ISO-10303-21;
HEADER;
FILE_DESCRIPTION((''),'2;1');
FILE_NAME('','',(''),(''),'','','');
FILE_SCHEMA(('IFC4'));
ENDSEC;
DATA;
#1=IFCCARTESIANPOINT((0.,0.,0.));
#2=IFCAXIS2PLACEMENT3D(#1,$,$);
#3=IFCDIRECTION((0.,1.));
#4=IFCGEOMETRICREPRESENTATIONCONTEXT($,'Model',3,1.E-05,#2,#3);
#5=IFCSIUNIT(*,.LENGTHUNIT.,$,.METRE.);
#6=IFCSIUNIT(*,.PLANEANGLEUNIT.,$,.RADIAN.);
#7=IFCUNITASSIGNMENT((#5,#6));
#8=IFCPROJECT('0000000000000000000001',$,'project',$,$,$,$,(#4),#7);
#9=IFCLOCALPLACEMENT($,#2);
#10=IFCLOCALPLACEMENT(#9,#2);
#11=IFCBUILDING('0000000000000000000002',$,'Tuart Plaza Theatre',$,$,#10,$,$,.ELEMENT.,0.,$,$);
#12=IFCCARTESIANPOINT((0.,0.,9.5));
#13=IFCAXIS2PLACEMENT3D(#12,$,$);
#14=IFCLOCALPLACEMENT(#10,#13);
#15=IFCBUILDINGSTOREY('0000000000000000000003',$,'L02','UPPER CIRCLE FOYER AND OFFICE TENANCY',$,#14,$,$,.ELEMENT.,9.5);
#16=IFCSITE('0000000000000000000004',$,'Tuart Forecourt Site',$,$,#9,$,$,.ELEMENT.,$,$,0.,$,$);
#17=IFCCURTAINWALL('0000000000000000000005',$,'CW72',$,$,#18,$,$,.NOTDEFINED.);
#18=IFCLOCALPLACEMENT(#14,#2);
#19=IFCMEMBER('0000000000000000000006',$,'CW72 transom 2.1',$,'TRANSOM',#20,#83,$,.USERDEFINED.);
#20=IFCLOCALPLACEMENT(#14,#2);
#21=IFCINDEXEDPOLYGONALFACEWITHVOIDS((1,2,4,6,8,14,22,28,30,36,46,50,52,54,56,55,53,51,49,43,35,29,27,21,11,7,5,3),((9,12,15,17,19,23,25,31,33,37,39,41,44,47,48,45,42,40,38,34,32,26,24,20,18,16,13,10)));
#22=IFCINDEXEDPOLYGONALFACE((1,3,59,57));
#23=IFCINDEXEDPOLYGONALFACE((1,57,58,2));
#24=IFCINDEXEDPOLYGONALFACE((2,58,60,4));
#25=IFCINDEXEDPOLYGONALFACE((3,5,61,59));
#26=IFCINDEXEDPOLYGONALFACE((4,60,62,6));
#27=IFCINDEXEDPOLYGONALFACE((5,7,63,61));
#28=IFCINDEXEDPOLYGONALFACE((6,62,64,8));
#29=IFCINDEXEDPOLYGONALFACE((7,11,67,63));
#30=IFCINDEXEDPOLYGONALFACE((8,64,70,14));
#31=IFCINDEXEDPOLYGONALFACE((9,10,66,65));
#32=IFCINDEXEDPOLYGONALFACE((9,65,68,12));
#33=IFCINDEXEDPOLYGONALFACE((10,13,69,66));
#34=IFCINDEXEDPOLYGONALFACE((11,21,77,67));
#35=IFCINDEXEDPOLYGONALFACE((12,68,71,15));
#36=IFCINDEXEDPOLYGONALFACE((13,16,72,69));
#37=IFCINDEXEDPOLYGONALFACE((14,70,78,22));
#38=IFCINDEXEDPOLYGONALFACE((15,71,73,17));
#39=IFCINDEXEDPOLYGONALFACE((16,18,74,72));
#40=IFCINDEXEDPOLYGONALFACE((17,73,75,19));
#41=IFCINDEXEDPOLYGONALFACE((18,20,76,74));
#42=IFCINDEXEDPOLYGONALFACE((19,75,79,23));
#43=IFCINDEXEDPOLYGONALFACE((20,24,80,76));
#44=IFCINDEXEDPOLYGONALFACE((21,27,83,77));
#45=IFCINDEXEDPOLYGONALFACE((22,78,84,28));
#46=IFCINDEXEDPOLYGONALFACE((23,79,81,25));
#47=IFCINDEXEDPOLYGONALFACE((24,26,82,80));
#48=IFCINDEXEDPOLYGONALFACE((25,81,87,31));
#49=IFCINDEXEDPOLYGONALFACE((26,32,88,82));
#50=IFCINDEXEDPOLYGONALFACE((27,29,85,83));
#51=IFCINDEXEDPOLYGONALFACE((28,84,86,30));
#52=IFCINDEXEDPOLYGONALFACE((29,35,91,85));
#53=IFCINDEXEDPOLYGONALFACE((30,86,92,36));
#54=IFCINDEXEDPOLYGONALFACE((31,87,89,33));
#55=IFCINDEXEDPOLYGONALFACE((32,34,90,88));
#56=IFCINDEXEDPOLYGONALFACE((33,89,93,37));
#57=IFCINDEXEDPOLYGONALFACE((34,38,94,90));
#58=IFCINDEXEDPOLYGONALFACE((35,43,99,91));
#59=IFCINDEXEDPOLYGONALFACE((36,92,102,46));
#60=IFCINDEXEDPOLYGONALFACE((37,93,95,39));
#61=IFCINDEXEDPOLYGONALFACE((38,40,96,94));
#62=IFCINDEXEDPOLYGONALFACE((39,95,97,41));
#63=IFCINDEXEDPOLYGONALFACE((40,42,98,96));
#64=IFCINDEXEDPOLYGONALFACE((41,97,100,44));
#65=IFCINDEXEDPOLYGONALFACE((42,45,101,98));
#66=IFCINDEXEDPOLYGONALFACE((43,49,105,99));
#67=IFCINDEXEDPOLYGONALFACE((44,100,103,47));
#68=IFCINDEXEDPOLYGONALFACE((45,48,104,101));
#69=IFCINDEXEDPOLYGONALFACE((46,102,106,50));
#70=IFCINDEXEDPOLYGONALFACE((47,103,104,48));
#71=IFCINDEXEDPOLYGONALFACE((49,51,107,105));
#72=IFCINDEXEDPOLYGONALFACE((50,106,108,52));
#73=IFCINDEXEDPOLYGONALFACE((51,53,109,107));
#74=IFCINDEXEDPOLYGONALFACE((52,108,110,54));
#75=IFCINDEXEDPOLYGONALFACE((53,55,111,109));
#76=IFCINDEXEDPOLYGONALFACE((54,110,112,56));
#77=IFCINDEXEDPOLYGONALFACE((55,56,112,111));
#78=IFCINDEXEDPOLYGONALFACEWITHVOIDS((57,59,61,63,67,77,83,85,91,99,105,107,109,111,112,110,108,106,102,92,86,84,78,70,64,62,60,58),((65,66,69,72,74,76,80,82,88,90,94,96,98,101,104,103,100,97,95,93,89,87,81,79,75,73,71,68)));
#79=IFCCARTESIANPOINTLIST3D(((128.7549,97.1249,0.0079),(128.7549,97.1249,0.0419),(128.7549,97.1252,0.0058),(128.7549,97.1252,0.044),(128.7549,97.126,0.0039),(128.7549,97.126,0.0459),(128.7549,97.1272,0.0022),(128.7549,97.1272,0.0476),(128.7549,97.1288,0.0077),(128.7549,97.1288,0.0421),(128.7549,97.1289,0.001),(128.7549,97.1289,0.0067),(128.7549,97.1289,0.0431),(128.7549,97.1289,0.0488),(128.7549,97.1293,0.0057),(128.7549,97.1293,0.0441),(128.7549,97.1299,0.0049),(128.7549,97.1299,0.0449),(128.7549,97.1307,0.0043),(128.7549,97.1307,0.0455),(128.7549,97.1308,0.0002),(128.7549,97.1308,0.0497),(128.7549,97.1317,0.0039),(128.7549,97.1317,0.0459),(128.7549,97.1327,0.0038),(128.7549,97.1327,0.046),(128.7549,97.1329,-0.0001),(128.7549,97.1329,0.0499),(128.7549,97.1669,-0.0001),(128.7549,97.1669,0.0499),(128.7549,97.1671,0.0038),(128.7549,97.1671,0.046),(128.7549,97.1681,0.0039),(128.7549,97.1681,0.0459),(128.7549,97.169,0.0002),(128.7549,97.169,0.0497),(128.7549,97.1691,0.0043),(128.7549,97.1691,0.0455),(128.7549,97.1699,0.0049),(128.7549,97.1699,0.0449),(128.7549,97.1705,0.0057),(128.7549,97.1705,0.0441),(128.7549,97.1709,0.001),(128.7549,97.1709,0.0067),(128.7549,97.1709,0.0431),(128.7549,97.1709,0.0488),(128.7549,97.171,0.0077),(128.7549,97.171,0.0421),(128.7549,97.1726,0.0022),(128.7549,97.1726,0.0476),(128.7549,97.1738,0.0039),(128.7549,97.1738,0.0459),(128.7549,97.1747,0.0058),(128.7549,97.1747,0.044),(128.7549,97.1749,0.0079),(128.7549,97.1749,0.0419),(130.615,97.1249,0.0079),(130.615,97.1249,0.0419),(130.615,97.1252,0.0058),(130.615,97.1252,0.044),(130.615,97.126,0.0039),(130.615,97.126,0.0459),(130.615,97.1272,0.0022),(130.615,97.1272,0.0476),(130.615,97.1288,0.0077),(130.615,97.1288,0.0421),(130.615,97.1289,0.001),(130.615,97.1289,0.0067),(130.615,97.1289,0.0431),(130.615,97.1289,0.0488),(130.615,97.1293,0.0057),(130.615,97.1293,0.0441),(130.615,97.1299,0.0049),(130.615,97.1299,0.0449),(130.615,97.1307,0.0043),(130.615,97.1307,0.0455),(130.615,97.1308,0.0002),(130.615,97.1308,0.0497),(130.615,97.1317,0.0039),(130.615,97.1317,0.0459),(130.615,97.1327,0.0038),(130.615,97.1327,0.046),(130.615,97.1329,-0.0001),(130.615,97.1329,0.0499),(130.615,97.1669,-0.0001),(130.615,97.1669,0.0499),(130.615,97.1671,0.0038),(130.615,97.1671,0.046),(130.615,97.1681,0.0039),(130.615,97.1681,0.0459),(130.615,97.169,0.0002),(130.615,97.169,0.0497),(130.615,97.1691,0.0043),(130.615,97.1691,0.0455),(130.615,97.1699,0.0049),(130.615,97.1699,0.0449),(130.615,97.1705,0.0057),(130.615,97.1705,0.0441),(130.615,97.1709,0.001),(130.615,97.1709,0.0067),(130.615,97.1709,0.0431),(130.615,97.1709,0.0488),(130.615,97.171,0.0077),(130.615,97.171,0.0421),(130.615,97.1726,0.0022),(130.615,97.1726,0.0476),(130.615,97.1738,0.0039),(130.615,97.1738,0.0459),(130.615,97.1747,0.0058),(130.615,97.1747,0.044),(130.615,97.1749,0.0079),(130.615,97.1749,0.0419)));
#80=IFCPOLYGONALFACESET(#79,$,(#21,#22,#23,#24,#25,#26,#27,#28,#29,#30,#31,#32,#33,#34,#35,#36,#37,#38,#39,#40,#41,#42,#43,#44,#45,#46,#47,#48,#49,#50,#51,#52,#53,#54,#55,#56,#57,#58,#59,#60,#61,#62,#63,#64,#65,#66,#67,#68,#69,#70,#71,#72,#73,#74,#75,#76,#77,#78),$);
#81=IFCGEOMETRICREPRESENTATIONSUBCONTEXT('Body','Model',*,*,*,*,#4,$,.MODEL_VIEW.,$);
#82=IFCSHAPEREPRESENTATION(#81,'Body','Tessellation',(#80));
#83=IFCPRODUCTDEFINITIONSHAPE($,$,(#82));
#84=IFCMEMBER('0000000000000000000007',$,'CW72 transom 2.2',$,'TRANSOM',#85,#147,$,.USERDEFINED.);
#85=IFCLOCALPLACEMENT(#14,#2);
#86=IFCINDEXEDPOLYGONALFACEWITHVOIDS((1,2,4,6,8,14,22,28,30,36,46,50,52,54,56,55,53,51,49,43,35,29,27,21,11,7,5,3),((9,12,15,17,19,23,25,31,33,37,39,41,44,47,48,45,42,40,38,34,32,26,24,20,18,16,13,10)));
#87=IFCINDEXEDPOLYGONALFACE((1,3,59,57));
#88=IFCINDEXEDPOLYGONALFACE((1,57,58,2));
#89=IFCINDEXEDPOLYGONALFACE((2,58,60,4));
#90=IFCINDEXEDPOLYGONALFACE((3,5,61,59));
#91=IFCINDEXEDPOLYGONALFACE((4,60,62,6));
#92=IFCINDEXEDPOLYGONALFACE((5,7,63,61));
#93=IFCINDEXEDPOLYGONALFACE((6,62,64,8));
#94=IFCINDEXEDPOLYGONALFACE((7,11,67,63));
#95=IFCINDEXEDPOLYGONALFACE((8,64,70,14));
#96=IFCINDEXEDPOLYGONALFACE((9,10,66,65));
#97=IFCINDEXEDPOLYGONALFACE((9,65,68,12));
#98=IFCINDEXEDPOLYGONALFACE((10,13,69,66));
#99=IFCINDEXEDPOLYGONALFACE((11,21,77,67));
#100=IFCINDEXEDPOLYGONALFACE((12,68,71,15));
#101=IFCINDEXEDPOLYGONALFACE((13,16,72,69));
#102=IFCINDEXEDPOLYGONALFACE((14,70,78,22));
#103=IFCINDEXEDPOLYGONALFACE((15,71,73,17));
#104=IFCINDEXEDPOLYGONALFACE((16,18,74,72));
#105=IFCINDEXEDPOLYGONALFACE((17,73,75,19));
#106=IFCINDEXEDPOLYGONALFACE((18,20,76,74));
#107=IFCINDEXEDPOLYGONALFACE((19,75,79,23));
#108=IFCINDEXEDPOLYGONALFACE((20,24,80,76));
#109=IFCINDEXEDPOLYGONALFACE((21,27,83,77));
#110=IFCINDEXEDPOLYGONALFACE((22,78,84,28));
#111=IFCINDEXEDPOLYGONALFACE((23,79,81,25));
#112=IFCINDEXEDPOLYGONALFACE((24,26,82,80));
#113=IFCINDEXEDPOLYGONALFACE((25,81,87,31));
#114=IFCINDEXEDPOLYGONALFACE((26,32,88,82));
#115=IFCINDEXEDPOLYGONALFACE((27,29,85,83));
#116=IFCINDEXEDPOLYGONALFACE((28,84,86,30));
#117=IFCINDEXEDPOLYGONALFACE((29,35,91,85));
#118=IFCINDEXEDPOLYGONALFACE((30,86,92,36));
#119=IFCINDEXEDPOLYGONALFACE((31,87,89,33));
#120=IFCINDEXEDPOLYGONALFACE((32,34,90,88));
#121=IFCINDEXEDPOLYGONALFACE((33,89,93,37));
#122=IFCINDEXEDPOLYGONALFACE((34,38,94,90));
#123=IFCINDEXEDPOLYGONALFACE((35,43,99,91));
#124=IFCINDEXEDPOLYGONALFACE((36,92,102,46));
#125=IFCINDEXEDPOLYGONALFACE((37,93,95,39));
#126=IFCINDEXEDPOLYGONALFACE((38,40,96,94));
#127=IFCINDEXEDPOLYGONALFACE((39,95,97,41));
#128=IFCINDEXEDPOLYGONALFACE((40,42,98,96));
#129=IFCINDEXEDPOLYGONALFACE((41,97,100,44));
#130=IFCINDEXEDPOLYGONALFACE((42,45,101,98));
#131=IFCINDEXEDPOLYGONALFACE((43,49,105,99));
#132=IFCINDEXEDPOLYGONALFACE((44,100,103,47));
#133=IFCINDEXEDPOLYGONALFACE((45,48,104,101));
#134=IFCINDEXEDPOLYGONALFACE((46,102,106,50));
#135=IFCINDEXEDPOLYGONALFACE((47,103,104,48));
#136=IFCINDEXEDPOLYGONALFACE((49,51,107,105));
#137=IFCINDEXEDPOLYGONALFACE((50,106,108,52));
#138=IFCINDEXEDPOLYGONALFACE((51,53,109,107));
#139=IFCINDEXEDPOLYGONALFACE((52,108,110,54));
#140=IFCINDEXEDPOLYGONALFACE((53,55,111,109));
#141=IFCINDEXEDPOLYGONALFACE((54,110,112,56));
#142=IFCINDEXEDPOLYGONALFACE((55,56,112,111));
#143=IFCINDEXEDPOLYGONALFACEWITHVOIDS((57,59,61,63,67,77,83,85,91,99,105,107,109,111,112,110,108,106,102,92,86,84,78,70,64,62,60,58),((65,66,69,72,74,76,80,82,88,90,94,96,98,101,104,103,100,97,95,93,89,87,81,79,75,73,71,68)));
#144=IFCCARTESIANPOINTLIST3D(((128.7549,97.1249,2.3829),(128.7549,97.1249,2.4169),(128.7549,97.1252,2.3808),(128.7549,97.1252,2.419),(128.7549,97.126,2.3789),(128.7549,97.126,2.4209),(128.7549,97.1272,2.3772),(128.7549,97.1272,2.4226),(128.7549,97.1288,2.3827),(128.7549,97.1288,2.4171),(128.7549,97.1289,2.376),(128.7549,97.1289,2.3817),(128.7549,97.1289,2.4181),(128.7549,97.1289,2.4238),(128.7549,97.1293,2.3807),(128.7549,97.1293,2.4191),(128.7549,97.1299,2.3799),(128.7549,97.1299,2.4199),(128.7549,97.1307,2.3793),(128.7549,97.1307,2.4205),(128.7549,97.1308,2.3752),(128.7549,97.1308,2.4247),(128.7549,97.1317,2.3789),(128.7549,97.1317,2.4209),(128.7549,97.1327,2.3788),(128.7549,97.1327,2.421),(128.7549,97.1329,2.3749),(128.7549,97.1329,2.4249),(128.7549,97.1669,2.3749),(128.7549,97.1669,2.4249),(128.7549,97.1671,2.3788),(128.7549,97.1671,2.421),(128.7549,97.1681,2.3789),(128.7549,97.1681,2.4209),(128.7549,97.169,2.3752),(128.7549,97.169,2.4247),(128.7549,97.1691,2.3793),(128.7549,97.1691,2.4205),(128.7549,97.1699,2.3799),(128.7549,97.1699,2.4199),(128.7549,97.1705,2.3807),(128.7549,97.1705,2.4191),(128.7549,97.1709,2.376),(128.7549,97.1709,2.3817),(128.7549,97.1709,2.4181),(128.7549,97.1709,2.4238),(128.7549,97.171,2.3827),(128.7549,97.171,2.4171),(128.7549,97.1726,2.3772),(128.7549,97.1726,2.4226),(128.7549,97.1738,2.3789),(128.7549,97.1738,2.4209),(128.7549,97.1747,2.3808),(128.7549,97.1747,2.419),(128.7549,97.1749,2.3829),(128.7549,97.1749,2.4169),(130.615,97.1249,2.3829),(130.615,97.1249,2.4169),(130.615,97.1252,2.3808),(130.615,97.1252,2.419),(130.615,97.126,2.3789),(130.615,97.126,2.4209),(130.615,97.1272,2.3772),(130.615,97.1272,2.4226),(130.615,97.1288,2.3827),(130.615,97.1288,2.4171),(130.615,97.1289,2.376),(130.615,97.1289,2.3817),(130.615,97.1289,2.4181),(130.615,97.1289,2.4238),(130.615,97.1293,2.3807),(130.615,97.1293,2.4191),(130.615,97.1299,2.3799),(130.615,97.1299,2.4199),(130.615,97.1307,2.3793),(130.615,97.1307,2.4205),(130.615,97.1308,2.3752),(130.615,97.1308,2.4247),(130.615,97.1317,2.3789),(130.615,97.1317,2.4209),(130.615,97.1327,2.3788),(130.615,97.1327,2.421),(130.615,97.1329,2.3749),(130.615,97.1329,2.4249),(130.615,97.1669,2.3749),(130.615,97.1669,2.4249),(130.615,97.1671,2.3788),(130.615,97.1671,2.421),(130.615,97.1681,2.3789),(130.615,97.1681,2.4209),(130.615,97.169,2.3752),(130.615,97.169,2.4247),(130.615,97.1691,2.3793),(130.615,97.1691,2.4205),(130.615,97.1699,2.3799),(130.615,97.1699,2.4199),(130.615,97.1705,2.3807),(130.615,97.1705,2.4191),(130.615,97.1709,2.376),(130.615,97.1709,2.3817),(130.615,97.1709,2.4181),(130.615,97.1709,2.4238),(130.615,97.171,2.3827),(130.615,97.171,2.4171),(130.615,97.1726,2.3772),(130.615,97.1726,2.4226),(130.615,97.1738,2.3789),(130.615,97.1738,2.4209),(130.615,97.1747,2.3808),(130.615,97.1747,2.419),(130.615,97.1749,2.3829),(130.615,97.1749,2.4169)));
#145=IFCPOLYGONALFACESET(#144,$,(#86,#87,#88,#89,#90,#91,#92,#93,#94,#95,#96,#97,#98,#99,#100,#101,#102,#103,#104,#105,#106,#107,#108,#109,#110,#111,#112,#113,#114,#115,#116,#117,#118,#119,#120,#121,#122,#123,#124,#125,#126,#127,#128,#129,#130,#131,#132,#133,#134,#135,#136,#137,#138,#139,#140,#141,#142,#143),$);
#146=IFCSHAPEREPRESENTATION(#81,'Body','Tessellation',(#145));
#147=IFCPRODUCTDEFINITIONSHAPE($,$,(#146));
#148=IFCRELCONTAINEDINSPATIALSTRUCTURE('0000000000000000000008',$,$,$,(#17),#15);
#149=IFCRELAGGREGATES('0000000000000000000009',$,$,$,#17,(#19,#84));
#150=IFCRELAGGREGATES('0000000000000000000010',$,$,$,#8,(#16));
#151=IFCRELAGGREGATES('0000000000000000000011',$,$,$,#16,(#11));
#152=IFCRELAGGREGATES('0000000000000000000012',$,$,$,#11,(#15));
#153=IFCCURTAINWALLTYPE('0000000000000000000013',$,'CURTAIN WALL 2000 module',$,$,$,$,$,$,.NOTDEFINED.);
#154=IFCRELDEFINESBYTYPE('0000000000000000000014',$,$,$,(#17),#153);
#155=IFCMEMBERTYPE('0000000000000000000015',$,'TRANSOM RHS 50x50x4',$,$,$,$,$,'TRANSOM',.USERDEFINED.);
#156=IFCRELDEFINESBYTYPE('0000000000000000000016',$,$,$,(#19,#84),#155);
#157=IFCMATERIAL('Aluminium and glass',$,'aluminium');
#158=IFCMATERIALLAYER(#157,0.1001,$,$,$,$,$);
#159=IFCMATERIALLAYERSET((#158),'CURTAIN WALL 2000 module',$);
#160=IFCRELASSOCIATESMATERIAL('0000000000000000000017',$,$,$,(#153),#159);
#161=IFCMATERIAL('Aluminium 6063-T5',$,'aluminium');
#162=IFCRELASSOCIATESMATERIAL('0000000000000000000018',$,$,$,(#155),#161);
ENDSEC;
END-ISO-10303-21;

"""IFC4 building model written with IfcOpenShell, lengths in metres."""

from ifc_helpers import new_model, si_unit, direction, frame, origin, origin_2d, place, context, subcontext, project, spatial, hollow_rectangle, extrude, material, layer, layer_set, material_profile, profile_set, type_object, element, aggregate, save


model = new_model("IFC4")

# Units and contexts
model_context = context("Model", 3, precision=1e-05, world=origin(), true_north=direction((0.0, 1.0)))
body_context = subcontext(model_context, "Body", "Model", "MODEL_VIEW")
ifc_project = project(units=[si_unit("LENGTHUNIT", "METRE"), si_unit("PLANEANGLEUNIT", "RADIAN")], contexts=[model_context])

# Site, building, storey
site_placement = place(None, origin())
site = spatial("IfcSite", under=ifc_project, at=site_placement, Name="Tuart Forecourt Site", CompositionType="ELEMENT", RefElevation=0.0)
building_placement = place(site_placement, origin())
building = spatial("IfcBuilding", under=site, at=building_placement, Name="Tuart Plaza Theatre", CompositionType="ELEMENT", ElevationOfRefHeight=0.0)
storey_placement = place(building_placement, frame((0.0, 0.0, 9.5)))
storey = spatial("IfcBuildingStorey", under=building, at=storey_placement, Name="L02", Description="UPPER CIRCLE FOYER AND OFFICE TENANCY", CompositionType="ELEMENT", Elevation=9.5)

# Curtain wall, members
ifc_material_1 = material(Name="Aluminium and glass", Category="aluminium")
ifc_layer_1 = layer(ifc_material_1, 0.1001)
ifc_layer_set_1 = layer_set([ifc_layer_1], Name="CURTAIN WALL 2000 module")
curtain_wall_type = type_object("IfcCurtainWallType", Name="CURTAIN WALL 2000 module", PredefinedType="NOTDEFINED", material=ifc_layer_set_1)
curtain_wall_placement = place(storey_placement, origin())
curtain_wall = element("IfcCurtainWall", 1, at=curtain_wall_placement, inside=storey, type_object=curtain_wall_type, Name="CW72", PredefinedType="NOTDEFINED")
ifc_material_2 = material(Name="Aluminium 6063-T5", Category="aluminium")
ifc_material_profile_1 = material_profile(ifc_material_2, hollow_rectangle(XDim=0.05, YDim=0.05, WallThickness=0.0039, InnerFilletRadius=0.0039, OuterFilletRadius=0.0081, at=origin_2d()), Name="RHS 50x50x4")
ifc_profile_set_1 = profile_set([ifc_material_profile_1], Name="Aluminium 6063-T5")
member_type_1 = type_object("IfcMemberType", Name="TRANSOM RHS 50x50x4", ElementType="TRANSOM", PredefinedType="USERDEFINED", material=ifc_profile_set_1)
member_1_placement = place(storey_placement, frame((130.615, 97.1499, 0.0249), z_axis=(-1.0, 0.0, 0.0), x_axis=(0.0, -1.0, 0.0)))
member_1 = element("IfcMember", 2, at=member_1_placement, type_object=member_type_1, Name="CW72 transom 2.1", ObjectType="TRANSOM", PredefinedType="USERDEFINED", context=body_context, shape_type="SweptSolid", body=[
    extrude(hollow_rectangle(XDim=0.05, YDim=0.05, WallThickness=0.0039, InnerFilletRadius=0.0039, OuterFilletRadius=0.0081, at=origin_2d()), origin(), (0.0, 0.0, 1.0), 1.8601),
])
member_2_placement = place(storey_placement, frame((130.615, 97.1499, 2.3999), z_axis=(-1.0, 0.0, 0.0), x_axis=(0.0, -1.0, 0.0)))
member_2 = element("IfcMember", 3, at=member_2_placement, type_object=member_type_1, Name="CW72 transom 2.2", ObjectType="TRANSOM", PredefinedType="USERDEFINED", context=body_context, shape_type="SweptSolid", body=[
    extrude(hollow_rectangle(XDim=0.05, YDim=0.05, WallThickness=0.0039, InnerFilletRadius=0.0039, OuterFilletRadius=0.0081, at=origin_2d()), origin(), (0.0, 0.0, 1.0), 1.8601),
])
aggregate(curtain_wall, [member_1, member_2])

save(model, "model.ifc")
